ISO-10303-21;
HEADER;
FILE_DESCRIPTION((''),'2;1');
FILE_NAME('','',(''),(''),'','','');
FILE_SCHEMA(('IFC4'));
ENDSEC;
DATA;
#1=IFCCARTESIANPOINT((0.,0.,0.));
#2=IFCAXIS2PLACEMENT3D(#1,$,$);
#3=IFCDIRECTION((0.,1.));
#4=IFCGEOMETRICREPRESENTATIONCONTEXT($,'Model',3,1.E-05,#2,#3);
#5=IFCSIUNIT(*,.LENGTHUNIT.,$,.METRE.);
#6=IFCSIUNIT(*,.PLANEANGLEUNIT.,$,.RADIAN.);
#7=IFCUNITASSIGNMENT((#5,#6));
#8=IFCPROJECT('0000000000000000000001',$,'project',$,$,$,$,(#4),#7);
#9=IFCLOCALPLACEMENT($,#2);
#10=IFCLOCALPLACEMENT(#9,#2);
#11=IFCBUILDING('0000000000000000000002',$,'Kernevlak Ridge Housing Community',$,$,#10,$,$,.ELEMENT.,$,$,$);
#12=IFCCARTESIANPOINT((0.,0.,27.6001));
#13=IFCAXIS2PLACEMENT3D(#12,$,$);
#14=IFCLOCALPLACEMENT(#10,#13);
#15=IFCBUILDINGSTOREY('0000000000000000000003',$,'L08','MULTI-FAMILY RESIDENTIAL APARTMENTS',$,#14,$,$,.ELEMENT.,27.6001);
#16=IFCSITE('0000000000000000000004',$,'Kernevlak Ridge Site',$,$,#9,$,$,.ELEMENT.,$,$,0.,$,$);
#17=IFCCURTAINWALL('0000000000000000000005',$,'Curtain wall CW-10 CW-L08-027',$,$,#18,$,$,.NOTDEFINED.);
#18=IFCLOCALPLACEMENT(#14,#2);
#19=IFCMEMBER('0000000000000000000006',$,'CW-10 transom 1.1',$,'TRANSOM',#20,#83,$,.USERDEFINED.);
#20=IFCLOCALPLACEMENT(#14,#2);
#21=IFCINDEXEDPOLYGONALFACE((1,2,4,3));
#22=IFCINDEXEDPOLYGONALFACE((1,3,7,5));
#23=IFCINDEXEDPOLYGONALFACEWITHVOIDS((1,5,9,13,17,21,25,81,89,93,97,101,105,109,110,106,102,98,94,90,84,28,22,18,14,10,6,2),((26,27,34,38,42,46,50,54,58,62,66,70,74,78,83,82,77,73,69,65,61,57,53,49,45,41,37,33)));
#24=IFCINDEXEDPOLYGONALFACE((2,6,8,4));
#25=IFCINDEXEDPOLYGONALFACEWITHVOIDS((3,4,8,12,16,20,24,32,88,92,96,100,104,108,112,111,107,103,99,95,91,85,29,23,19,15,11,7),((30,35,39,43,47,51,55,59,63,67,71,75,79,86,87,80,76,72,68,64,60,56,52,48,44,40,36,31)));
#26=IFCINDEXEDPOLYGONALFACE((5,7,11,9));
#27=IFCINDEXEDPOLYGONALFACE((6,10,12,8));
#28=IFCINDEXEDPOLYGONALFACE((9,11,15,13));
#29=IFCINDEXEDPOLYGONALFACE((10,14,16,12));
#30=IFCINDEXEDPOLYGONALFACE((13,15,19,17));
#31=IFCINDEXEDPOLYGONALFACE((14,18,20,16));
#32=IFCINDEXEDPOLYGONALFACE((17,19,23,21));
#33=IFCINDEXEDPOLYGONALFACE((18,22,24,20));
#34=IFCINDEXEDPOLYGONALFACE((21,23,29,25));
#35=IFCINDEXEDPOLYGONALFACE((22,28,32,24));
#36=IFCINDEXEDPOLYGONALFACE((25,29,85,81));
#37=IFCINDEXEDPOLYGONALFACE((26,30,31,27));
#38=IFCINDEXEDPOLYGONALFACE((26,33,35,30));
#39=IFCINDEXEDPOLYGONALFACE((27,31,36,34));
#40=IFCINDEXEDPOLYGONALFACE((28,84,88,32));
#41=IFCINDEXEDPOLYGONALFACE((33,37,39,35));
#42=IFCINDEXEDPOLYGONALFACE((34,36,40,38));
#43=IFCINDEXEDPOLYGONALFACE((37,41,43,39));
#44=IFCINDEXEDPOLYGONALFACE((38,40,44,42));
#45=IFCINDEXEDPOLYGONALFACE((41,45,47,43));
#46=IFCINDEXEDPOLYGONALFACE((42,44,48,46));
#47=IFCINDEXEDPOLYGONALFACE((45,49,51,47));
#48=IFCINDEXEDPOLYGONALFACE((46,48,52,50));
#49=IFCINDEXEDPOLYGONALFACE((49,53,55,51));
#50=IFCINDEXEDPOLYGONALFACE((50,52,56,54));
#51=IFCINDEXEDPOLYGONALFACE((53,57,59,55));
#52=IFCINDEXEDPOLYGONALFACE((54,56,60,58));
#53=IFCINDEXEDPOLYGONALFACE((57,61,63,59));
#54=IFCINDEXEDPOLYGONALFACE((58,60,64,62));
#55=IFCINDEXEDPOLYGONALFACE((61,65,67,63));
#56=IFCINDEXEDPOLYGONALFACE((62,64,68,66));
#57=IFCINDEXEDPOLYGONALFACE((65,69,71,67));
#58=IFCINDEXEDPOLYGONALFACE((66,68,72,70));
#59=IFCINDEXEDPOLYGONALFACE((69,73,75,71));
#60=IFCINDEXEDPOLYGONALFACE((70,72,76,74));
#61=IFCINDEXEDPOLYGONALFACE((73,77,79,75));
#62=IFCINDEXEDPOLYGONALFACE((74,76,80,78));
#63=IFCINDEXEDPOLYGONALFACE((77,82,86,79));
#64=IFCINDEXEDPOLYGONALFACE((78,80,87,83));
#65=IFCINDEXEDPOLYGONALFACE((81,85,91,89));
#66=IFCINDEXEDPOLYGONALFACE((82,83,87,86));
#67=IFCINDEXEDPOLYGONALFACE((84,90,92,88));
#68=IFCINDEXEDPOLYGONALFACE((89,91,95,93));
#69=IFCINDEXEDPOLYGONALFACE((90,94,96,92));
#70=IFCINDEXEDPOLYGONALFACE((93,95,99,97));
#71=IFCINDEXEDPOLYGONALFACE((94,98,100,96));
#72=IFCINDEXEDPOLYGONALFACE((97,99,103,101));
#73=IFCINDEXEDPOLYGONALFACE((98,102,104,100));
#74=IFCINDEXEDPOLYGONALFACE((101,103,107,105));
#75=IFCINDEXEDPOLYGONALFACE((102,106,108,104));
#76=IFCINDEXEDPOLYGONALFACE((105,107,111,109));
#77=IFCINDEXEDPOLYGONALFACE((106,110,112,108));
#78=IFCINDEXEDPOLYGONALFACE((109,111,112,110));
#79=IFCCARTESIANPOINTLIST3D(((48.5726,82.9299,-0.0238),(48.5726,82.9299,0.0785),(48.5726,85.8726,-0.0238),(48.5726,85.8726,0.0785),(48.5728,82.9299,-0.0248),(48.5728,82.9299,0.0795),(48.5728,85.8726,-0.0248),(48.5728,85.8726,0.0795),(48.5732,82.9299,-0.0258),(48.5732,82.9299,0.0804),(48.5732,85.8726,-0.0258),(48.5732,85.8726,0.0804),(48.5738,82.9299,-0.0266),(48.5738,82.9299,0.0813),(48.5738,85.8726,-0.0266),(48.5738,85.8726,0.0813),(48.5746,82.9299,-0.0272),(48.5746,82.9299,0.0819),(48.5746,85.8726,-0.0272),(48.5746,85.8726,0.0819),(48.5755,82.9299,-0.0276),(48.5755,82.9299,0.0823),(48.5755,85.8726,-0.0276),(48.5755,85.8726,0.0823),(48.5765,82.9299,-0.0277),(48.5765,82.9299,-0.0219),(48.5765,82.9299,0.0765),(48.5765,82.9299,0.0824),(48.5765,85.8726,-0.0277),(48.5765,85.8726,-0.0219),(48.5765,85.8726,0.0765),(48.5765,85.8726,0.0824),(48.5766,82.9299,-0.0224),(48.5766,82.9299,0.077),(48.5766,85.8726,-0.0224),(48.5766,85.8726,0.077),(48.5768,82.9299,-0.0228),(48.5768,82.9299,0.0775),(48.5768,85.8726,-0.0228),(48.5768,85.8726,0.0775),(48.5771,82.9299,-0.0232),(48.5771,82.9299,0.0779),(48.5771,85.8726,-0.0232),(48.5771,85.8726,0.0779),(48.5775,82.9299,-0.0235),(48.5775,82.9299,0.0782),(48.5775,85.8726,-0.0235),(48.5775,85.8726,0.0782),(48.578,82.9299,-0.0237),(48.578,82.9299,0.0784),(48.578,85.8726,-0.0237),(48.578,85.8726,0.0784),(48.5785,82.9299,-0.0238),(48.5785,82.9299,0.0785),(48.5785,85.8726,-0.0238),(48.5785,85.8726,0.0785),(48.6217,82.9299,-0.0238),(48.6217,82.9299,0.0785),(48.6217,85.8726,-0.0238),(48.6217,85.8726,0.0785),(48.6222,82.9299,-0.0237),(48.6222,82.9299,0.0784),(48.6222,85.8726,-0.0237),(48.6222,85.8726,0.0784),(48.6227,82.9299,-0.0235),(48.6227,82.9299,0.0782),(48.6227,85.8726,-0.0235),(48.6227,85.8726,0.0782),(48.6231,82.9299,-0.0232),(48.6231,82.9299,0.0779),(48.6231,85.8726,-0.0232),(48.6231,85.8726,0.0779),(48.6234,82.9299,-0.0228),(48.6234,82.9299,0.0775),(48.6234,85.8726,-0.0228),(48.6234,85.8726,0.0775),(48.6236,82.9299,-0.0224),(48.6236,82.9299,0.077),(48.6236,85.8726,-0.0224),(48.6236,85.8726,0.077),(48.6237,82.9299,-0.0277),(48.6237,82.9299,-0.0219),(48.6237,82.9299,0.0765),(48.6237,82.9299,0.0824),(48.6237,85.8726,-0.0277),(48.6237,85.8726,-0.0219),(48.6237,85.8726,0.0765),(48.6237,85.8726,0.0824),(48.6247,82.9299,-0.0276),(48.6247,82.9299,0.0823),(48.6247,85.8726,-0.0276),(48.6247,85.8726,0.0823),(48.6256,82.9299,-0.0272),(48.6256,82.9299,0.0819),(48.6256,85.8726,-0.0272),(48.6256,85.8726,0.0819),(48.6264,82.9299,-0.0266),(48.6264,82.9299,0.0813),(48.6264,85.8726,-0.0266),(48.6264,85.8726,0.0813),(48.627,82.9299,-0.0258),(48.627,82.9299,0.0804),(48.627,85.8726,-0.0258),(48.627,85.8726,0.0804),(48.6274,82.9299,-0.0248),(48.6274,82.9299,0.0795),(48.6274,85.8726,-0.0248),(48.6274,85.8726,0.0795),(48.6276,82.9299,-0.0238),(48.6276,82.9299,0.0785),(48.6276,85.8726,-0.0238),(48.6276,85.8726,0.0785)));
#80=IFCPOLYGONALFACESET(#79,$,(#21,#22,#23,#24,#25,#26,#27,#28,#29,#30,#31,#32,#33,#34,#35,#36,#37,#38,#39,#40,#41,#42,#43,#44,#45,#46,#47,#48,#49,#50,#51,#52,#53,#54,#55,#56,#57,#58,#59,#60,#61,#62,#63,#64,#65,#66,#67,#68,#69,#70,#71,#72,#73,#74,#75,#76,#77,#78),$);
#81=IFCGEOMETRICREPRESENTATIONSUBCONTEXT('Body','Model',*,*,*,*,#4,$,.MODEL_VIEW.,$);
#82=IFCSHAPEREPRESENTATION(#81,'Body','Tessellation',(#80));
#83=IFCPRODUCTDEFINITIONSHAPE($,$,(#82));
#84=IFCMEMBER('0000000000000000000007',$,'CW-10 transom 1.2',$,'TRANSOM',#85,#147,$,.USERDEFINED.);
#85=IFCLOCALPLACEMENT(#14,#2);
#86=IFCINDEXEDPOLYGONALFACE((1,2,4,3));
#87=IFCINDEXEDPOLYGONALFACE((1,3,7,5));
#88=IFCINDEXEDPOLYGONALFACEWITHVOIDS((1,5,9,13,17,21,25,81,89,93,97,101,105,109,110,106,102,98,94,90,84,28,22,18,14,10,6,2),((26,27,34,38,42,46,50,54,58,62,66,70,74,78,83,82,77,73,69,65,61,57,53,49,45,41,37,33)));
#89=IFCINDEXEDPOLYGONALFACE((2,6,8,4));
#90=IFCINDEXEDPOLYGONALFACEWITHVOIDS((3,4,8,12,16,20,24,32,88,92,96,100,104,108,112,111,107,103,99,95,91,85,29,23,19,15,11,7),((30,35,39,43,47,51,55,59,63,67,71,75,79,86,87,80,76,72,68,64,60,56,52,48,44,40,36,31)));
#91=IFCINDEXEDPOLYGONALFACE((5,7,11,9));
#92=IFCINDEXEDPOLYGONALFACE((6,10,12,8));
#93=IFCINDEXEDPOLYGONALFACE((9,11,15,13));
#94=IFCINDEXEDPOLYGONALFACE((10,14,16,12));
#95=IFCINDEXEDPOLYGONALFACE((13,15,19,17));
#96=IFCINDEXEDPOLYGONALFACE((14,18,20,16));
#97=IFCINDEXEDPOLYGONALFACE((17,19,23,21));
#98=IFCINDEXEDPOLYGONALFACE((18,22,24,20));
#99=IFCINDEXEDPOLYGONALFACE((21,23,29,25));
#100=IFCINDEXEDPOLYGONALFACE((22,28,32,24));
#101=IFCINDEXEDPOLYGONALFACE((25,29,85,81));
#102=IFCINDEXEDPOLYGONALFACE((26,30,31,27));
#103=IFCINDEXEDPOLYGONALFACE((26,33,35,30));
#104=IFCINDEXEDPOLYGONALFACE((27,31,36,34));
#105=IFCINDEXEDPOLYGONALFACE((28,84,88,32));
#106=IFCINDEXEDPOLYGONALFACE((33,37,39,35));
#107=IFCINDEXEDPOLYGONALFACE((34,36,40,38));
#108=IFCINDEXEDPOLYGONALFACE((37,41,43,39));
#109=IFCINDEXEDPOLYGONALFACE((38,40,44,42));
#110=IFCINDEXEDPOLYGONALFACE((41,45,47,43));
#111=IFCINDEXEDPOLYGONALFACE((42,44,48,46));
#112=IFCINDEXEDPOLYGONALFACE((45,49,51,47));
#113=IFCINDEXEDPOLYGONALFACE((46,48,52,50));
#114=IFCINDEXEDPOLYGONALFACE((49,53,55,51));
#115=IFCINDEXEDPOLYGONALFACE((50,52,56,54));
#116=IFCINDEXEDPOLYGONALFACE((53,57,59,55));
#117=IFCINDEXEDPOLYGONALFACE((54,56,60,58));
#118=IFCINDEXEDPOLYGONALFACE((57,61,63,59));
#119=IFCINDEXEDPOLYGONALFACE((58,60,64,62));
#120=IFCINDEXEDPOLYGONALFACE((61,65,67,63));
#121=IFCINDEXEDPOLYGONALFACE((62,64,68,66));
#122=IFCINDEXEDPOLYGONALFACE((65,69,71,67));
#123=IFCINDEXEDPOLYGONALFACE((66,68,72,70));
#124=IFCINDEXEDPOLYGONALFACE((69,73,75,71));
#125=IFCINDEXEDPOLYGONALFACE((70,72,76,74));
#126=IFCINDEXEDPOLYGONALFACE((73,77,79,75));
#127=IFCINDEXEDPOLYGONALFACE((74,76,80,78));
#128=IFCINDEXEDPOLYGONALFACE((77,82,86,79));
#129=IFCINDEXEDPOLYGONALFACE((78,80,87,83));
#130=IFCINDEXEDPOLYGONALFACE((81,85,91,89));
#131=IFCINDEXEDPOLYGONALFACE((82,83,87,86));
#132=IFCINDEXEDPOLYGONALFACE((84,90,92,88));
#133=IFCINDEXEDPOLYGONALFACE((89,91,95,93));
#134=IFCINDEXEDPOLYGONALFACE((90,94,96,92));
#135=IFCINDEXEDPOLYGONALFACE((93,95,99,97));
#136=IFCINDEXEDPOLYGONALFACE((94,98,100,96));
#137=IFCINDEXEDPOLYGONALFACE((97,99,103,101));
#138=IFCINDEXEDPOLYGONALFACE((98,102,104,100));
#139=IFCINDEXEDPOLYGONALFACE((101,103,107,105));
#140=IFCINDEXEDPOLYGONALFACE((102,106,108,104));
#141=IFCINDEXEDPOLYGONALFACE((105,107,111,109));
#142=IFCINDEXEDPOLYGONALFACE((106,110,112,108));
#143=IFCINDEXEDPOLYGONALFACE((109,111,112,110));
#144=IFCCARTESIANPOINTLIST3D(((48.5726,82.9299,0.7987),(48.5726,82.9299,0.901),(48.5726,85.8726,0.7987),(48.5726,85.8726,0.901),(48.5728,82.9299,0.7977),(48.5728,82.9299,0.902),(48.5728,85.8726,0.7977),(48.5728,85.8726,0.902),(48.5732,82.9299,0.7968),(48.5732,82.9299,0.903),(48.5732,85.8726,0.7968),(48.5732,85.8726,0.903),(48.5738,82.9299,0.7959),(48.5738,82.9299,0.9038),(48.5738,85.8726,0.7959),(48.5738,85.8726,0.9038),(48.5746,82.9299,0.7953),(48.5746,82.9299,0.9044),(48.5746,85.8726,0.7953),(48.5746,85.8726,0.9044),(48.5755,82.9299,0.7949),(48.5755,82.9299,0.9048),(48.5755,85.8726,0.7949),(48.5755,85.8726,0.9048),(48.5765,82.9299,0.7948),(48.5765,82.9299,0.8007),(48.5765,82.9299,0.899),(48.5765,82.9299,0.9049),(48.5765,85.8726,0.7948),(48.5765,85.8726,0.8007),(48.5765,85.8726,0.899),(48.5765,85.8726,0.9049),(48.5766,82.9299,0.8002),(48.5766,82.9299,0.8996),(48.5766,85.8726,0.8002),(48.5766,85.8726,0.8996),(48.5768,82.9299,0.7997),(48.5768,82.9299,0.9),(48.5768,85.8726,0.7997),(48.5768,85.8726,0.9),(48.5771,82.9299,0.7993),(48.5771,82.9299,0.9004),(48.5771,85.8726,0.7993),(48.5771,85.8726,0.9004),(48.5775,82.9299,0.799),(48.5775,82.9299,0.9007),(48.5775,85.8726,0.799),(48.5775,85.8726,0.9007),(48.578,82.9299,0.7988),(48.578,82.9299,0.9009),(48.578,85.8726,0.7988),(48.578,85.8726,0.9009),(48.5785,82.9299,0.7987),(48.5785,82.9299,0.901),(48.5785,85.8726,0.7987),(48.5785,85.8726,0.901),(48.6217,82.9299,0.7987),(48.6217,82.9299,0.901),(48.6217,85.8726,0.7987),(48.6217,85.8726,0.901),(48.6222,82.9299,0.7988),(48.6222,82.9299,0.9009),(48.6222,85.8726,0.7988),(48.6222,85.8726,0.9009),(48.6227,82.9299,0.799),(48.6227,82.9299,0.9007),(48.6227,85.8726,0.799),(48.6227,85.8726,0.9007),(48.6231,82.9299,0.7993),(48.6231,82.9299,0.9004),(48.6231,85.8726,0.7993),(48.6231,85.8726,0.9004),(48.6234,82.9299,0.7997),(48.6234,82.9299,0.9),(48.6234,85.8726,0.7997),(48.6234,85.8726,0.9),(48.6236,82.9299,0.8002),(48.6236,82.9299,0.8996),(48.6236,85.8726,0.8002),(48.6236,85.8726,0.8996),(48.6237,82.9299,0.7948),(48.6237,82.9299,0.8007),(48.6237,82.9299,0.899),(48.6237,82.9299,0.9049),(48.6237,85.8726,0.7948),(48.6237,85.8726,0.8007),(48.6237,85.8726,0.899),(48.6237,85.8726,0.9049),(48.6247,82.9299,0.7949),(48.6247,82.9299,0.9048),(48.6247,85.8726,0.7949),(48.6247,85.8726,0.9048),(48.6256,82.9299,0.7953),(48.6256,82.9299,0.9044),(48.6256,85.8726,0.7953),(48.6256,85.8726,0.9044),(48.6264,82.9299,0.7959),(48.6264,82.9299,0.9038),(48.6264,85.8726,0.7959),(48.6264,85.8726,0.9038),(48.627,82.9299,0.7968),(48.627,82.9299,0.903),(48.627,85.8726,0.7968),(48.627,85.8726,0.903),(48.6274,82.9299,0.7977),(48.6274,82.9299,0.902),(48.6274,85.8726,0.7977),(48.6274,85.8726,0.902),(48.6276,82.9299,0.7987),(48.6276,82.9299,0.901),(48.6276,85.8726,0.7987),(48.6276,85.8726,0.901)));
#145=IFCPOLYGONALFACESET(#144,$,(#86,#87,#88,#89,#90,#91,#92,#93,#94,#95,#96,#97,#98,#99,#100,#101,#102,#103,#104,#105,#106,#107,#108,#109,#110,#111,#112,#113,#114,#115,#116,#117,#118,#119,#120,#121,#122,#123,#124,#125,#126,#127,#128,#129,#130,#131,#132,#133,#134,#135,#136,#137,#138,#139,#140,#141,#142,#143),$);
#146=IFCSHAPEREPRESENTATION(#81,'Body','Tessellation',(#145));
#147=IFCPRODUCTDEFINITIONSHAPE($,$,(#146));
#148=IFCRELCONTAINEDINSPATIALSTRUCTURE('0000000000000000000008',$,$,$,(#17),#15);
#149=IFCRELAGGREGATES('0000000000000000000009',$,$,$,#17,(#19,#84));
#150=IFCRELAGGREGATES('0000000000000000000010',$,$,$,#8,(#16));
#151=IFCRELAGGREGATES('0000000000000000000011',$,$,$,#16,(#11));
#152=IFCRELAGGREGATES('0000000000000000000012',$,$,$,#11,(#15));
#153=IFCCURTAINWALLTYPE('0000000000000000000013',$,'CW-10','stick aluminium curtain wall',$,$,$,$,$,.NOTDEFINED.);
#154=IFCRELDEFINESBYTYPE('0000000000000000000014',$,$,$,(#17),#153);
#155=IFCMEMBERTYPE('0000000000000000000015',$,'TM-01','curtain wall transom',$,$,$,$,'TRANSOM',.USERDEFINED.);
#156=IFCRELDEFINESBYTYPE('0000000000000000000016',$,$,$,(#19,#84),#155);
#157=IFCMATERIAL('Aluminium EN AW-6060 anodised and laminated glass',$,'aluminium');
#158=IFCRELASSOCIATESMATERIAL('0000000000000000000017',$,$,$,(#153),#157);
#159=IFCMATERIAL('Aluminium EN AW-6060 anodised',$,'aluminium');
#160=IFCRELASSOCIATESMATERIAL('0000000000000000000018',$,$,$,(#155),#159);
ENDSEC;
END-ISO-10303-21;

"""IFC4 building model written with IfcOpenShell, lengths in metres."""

from ifc_helpers import new_model, si_unit, direction, frame, origin, origin_2d, place, context, subcontext, project, spatial, hollow_rectangle, extrude, material, material_profile, profile_set, type_object, element, aggregate, save


model = new_model("IFC4")

# Units and contexts
model_context = context("Model", 3, precision=1e-05, world=origin(), true_north=direction((0.0, 1.0)))
body_context = subcontext(model_context, "Body", "Model", "MODEL_VIEW")
ifc_project = project(units=[si_unit("LENGTHUNIT", "METRE"), si_unit("PLANEANGLEUNIT", "RADIAN")], contexts=[model_context])

# Site, building, storey
site_placement = place(None, origin())
site = spatial("IfcSite", under=ifc_project, at=site_placement, Name="Kernevlak Ridge Site", CompositionType="ELEMENT", RefElevation=0.0)
building_placement = place(site_placement, origin())
building = spatial("IfcBuilding", under=site, at=building_placement, Name="Kernevlak Ridge Housing Community", CompositionType="ELEMENT")
storey_placement = place(building_placement, frame((0.0, 0.0, 27.6001)))
storey = spatial("IfcBuildingStorey", under=building, at=storey_placement, Name="L08", Description="MULTI-FAMILY RESIDENTIAL APARTMENTS", CompositionType="ELEMENT", Elevation=27.6001)

# Curtain wall
ifc_material_1 = material(Name="Aluminium EN AW-6060 anodised and laminated glass", Category="aluminium")
curtain_wall_type = type_object("IfcCurtainWallType", Name="CW-10", Description="stick aluminium curtain wall", PredefinedType="NOTDEFINED", material=ifc_material_1)
curtain_wall_placement = place(storey_placement, origin())
curtain_wall = element("IfcCurtainWall", 1, at=curtain_wall_placement, inside=storey, type_object=curtain_wall_type, Name="Curtain wall CW-10 CW-L08-027", PredefinedType="NOTDEFINED")
ifc_material_2 = material(Name="Aluminium EN AW-6060 anodised", Category="aluminium")

# Members
ifc_material_profile_1 = material_profile(ifc_material_2, hollow_rectangle(XDim=0.0549, YDim=0.1101, WallThickness=0.0039, InnerFilletRadius=0.002, OuterFilletRadius=0.0039, at=origin_2d()), Name="ALU 55x110x4")
ifc_profile_set_1 = profile_set([ifc_material_profile_1], Name="Aluminium EN AW-6060 anodised")
member_type_1 = type_object("IfcMemberType", Name="TM-01", Description="curtain wall transom", ElementType="TRANSOM", PredefinedType="USERDEFINED", material=ifc_profile_set_1)
member_1_placement = place(storey_placement, frame((48.6001, 82.9299, 0.0273), z_axis=(0.0, 1.0, 0.0), x_axis=(-1.0, 0.0, 0.0)))
member_1 = element("IfcMember", 2, at=member_1_placement, type_object=member_type_1, Name="CW-10 transom 1.1", ObjectType="TRANSOM", PredefinedType="USERDEFINED", context=body_context, shape_type="SweptSolid", body=[
    extrude(hollow_rectangle(XDim=0.0549, YDim=0.1101, WallThickness=0.0039, InnerFilletRadius=0.002, OuterFilletRadius=0.0039, at=origin_2d()), origin(), (0.0, 0.0, 1.0), 2.9426),
])
member_2_placement = place(storey_placement, frame((48.6001, 82.9299, 0.8499), z_axis=(0.0, 1.0, 0.0), x_axis=(-1.0, 0.0, 0.0)))
member_2 = element("IfcMember", 3, at=member_2_placement, type_object=member_type_1, Name="CW-10 transom 1.2", ObjectType="TRANSOM", PredefinedType="USERDEFINED", context=body_context, shape_type="SweptSolid", body=[
    extrude(hollow_rectangle(XDim=0.0549, YDim=0.1101, WallThickness=0.0039, InnerFilletRadius=0.002, OuterFilletRadius=0.0039, at=origin_2d()), origin(), (0.0, 0.0, 1.0), 2.9426),
])
aggregate(curtain_wall, [member_1, member_2])

save(model, "model.ifc")
